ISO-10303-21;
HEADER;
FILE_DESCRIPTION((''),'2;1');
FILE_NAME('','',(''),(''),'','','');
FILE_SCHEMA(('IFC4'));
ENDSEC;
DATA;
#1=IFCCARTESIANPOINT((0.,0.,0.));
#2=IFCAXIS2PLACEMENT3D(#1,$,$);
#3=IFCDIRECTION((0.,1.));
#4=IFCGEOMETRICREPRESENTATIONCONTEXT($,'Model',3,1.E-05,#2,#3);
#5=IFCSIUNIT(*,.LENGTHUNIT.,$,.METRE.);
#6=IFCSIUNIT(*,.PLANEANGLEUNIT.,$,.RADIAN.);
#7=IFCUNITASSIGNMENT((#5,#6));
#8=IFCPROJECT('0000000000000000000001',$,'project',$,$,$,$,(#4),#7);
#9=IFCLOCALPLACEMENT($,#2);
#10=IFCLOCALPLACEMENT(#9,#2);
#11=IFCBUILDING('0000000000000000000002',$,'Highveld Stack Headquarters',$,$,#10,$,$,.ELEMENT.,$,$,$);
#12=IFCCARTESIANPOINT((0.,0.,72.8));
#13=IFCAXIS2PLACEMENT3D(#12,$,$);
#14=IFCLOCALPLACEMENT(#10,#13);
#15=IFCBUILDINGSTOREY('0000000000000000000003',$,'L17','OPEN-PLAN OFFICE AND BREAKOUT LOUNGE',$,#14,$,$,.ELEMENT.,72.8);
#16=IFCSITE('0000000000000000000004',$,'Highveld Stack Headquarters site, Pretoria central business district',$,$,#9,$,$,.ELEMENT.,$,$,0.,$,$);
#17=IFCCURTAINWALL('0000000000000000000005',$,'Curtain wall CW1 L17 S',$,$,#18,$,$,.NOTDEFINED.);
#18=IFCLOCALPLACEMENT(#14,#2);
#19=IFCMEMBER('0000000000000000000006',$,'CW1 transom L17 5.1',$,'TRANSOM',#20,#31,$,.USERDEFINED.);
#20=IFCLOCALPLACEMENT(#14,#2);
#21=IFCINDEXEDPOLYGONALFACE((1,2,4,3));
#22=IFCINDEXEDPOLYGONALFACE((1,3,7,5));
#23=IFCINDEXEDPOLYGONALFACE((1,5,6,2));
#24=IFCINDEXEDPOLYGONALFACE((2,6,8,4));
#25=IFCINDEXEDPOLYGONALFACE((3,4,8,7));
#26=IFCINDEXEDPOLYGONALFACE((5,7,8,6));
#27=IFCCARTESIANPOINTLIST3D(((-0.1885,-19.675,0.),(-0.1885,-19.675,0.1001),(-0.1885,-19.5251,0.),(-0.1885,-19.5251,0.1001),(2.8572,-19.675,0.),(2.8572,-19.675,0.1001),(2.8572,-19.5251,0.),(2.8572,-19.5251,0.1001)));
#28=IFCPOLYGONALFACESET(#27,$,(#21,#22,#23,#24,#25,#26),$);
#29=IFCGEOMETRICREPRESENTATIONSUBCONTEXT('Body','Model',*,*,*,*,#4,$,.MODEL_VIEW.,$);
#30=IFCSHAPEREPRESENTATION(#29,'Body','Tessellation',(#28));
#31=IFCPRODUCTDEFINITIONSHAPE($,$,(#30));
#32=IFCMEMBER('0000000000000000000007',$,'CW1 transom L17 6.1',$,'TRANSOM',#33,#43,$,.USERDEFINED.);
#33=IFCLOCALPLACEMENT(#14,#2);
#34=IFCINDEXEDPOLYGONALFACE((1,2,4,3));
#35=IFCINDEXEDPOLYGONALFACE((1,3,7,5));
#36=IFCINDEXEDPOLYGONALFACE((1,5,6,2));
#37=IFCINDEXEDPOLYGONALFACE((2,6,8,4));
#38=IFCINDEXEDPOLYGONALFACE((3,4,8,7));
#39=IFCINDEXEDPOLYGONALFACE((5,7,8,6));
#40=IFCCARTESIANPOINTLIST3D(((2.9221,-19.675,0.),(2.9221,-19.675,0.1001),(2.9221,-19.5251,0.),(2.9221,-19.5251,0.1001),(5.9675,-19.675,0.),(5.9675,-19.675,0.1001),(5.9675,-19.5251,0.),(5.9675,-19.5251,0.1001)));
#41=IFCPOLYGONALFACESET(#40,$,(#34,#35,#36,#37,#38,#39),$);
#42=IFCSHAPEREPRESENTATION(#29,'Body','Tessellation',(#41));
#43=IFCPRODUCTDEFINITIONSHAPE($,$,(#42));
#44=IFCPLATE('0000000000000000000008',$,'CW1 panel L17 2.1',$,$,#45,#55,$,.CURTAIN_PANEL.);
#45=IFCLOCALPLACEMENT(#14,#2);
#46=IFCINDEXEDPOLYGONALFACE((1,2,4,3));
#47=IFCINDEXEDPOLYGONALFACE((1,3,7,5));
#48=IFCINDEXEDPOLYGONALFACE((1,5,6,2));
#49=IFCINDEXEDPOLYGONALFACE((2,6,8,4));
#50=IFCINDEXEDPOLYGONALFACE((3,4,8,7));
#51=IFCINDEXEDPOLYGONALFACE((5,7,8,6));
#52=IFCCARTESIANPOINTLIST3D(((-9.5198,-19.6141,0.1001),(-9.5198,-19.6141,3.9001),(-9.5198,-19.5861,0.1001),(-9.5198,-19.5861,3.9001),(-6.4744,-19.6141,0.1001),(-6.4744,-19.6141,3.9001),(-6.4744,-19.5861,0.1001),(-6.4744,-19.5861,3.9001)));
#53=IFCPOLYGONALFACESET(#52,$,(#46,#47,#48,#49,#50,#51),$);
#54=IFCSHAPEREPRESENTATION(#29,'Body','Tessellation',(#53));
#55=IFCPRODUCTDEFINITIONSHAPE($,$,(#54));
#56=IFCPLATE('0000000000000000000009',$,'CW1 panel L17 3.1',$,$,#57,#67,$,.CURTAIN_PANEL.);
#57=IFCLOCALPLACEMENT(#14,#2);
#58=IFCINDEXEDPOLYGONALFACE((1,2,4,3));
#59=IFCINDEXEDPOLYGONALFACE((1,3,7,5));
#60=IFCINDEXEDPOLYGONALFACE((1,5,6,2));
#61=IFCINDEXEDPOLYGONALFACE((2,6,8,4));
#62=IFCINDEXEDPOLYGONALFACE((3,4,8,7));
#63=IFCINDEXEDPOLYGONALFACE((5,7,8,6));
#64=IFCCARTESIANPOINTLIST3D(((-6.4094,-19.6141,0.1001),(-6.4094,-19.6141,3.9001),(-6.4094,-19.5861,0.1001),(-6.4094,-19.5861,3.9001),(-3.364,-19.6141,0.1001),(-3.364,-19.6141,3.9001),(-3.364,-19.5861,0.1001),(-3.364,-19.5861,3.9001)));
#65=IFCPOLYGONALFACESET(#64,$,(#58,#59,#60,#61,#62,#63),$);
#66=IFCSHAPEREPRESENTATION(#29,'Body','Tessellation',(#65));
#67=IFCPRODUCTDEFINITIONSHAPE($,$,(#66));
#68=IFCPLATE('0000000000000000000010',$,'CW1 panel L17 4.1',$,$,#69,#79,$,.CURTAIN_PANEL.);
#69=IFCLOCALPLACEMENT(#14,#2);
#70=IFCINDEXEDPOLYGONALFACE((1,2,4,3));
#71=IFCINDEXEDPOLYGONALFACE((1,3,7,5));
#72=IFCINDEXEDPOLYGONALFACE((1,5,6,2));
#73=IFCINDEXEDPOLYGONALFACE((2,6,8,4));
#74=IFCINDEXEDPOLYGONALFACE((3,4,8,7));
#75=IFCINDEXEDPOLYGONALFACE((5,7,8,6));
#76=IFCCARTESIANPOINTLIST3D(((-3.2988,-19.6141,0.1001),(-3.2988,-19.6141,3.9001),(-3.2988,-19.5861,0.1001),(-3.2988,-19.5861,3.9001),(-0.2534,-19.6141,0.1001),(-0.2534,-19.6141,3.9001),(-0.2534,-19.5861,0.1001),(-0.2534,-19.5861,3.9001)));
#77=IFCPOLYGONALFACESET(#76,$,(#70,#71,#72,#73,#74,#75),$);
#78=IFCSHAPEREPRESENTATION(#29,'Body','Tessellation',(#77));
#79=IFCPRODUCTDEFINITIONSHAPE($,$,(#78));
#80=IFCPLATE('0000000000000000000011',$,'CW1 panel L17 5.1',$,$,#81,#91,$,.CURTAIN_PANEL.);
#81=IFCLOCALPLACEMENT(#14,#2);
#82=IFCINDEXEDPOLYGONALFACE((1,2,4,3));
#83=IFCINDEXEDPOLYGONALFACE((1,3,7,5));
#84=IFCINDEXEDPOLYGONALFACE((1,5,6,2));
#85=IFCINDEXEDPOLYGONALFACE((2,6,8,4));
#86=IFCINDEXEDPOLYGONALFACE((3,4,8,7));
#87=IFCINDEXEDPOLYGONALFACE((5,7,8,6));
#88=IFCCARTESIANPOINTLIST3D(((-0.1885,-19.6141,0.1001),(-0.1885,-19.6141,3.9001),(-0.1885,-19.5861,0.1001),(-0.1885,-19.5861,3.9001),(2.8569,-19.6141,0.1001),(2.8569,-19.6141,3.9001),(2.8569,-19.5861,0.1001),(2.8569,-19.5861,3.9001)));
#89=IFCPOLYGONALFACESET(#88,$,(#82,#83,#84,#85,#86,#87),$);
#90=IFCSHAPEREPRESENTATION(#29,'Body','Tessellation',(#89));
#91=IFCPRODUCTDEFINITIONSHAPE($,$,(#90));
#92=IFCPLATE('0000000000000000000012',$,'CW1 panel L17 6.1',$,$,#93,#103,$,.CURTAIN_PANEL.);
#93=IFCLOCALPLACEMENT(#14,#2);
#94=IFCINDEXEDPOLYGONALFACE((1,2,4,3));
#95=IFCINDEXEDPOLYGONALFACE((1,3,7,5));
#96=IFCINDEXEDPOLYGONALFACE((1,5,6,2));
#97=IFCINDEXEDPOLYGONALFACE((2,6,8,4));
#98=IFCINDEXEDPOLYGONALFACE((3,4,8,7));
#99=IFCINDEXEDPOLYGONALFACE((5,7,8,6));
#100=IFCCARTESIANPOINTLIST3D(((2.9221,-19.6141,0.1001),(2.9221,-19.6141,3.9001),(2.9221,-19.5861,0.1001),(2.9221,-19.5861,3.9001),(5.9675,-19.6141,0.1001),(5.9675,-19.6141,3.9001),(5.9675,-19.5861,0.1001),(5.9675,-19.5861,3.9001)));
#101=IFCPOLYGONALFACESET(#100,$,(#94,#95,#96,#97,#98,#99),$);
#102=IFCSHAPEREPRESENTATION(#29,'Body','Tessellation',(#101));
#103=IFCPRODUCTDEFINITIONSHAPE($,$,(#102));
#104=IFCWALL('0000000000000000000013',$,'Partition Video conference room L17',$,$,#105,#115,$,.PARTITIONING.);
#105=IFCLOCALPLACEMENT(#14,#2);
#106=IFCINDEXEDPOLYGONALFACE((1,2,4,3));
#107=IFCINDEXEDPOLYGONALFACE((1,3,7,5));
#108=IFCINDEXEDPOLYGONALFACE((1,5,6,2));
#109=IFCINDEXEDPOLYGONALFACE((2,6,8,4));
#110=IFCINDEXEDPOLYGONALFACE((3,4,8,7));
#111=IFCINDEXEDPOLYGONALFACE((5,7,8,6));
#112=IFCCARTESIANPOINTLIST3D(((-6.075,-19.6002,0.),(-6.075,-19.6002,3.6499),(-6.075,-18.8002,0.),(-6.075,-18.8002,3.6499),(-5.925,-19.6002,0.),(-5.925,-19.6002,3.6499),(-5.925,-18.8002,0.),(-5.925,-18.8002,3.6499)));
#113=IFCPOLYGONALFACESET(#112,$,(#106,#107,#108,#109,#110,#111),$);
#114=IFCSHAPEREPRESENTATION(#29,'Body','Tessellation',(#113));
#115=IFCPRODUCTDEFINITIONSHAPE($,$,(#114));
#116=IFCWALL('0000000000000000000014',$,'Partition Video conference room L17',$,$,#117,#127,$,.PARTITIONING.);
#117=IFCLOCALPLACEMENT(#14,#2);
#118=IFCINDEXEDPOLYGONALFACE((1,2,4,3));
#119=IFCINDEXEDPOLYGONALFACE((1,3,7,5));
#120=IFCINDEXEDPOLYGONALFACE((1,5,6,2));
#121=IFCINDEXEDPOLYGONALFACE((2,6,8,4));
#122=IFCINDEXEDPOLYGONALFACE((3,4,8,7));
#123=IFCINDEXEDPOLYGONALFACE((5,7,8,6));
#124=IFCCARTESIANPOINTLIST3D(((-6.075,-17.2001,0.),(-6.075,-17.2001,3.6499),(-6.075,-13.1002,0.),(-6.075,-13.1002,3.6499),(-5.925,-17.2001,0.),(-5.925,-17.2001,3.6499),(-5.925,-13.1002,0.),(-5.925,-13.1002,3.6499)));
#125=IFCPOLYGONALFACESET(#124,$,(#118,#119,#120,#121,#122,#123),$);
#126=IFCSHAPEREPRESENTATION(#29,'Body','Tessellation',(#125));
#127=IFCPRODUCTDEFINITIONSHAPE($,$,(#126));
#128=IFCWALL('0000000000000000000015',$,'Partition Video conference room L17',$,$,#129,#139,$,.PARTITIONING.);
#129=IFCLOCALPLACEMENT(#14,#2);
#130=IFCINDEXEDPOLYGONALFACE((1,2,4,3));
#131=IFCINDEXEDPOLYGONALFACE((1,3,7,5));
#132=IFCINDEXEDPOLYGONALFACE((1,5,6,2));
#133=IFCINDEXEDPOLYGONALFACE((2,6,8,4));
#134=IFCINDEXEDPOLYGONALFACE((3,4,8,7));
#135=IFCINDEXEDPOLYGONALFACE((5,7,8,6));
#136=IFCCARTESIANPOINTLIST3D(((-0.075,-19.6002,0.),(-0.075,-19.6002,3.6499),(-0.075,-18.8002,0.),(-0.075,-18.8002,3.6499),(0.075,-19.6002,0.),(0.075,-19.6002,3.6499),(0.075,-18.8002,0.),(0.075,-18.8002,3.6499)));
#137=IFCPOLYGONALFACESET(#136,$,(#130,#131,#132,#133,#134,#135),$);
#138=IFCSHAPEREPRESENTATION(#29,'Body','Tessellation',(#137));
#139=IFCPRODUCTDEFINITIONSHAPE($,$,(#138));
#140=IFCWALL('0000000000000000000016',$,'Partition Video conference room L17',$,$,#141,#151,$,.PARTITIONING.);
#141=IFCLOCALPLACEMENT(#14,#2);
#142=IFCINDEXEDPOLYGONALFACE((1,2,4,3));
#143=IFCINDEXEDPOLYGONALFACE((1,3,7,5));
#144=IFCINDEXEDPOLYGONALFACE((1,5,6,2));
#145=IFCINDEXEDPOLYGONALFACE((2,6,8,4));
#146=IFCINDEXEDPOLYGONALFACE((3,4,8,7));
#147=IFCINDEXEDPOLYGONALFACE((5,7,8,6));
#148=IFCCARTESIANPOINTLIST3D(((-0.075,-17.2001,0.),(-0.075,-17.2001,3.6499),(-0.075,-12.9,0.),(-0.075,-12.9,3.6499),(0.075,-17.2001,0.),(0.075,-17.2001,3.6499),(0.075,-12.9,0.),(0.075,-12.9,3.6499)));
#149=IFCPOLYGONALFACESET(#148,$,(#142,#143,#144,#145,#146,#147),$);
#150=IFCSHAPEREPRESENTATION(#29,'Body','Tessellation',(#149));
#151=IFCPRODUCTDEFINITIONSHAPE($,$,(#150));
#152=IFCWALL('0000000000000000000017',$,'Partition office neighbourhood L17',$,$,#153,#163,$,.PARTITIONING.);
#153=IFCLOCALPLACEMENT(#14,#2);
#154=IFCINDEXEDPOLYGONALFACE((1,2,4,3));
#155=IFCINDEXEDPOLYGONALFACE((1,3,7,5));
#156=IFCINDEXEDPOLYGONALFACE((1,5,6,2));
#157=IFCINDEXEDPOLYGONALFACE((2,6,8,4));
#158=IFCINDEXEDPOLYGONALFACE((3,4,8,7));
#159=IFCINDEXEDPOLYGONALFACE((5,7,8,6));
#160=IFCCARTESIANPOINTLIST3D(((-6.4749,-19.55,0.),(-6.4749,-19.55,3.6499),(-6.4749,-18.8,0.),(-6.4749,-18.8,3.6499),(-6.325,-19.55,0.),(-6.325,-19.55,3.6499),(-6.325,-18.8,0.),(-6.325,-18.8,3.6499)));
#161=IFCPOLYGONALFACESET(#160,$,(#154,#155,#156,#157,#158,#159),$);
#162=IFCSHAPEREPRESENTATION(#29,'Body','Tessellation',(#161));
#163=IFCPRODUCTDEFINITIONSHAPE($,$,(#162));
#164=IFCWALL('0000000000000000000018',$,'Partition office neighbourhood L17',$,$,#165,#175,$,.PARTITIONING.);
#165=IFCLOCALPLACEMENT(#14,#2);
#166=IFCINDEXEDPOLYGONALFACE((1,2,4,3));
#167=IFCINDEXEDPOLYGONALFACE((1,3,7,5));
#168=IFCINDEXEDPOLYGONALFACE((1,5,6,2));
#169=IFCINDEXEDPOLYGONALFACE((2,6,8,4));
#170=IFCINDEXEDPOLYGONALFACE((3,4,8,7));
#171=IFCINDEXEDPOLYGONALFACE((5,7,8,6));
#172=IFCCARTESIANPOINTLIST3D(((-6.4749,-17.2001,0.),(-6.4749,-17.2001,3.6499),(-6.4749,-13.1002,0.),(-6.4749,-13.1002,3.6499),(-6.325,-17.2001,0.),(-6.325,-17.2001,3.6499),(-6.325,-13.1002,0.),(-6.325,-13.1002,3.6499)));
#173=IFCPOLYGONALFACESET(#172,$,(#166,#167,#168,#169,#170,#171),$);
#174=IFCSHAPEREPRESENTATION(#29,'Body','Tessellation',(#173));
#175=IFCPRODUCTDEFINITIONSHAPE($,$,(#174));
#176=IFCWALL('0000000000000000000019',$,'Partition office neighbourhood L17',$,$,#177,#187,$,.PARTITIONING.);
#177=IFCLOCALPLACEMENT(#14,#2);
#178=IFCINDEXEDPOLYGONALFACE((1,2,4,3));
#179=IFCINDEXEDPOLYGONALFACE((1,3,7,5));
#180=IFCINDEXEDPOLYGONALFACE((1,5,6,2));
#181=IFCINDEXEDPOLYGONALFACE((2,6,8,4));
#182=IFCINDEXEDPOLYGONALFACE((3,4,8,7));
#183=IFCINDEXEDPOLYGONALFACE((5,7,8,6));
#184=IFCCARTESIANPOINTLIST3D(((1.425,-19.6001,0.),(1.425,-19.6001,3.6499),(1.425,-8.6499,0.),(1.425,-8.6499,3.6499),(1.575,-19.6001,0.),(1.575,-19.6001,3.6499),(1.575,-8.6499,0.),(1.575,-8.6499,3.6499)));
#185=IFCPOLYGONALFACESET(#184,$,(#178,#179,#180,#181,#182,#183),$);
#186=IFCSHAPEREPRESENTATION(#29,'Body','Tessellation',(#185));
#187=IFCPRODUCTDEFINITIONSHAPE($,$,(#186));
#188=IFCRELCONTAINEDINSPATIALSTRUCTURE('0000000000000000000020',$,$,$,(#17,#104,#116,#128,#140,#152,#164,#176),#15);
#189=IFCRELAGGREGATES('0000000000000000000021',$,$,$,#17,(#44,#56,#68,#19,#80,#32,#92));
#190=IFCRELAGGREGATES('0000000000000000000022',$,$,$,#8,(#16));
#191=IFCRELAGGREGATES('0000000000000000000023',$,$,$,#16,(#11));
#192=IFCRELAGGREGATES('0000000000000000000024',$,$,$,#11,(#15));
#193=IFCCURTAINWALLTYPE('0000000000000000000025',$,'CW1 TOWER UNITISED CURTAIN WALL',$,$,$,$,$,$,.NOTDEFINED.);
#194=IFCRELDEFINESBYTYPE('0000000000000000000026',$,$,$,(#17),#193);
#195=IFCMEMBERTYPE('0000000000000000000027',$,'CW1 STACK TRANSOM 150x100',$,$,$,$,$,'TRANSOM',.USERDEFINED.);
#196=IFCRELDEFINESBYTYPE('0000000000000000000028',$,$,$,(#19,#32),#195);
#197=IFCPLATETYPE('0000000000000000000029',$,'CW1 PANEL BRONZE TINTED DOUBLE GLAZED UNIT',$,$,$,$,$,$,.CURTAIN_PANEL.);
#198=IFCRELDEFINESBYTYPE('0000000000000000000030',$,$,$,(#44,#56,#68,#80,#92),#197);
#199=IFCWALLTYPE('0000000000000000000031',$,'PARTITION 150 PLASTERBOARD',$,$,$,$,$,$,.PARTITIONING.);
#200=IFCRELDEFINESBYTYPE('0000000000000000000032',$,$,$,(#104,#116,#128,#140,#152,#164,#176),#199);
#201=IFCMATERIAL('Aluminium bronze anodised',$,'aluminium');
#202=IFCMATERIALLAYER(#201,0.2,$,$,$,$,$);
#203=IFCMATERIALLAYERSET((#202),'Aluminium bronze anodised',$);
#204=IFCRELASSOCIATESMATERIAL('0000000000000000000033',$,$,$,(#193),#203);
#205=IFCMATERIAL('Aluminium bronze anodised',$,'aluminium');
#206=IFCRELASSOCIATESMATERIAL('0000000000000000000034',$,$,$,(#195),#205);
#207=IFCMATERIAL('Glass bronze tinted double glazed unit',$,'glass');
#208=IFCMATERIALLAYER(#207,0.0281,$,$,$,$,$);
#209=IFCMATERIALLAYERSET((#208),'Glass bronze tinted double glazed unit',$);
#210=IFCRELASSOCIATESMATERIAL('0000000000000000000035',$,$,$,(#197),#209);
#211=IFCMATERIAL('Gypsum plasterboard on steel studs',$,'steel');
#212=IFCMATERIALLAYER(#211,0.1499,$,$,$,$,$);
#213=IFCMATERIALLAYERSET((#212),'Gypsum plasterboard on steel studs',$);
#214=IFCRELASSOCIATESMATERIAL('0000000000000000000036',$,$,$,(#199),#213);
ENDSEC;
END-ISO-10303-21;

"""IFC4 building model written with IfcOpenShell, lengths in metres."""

from ifc_helpers import new_model, si_unit, direction, frame, frame_2d, origin, origin_2d, place, context, subcontext, project, spatial, rectangle, extrude, material, layer, layer_set, material_profile, profile_set, type_object, element, aggregate, save


model = new_model("IFC4")

# Units and contexts
model_context = context("Model", 3, precision=1e-05, world=origin(), true_north=direction((0.0, 1.0)))
body_context = subcontext(model_context, "Body", "Model", "MODEL_VIEW")
ifc_project = project(units=[si_unit("LENGTHUNIT", "METRE"), si_unit("PLANEANGLEUNIT", "RADIAN")], contexts=[model_context])

# Site, building, storey
site_placement = place(None, origin())
site = spatial("IfcSite", under=ifc_project, at=site_placement, Name="Highveld Stack Headquarters site, Pretoria central business district", CompositionType="ELEMENT", RefElevation=0.0)
building_placement = place(site_placement, origin())
building = spatial("IfcBuilding", under=site, at=building_placement, Name="Highveld Stack Headquarters", CompositionType="ELEMENT")
storey_placement = place(building_placement, frame((0.0, 0.0, 72.8)))
storey = spatial("IfcBuildingStorey", under=building, at=storey_placement, Name="L17", Description="OPEN-PLAN OFFICE AND BREAKOUT LOUNGE", CompositionType="ELEMENT", Elevation=72.8)

# Curtain wall, members, plates
ifc_material_1 = material(Name="Aluminium bronze anodised", Category="aluminium")
ifc_layer_1 = layer(ifc_material_1, 0.2)
ifc_layer_set_1 = layer_set([ifc_layer_1], Name="Aluminium bronze anodised")
curtain_wall_type = type_object("IfcCurtainWallType", Name="CW1 TOWER UNITISED CURTAIN WALL", PredefinedType="NOTDEFINED", material=ifc_layer_set_1)
curtain_wall_placement = place(storey_placement, origin())
curtain_wall = element("IfcCurtainWall", 1, at=curtain_wall_placement, inside=storey, type_object=curtain_wall_type, Name="Curtain wall CW1 L17 S", PredefinedType="NOTDEFINED")
ifc_material_2 = material(Name="Aluminium bronze anodised", Category="aluminium")
ifc_material_profile_1 = material_profile(ifc_material_2, rectangle(XDim=0.1499, YDim=0.1001, at=origin_2d()), Name="CW1 TRANSOM 150x100")
ifc_profile_set_1 = profile_set([ifc_material_profile_1], Name="Aluminium bronze anodised")
member_type_1 = type_object("IfcMemberType", Name="CW1 STACK TRANSOM 150x100", ElementType="TRANSOM", PredefinedType="USERDEFINED", material=ifc_profile_set_1)
member_1_placement = place(storey_placement, frame((-0.1885, -19.6001, 0.05), z_axis=(1.0, 0.0, 0.0), x_axis=(0.0, 1.0, 0.0)))
member_1 = element("IfcMember", 2, at=member_1_placement, type_object=member_type_1, Name="CW1 transom L17 5.1", ObjectType="TRANSOM", PredefinedType="USERDEFINED", context=body_context, shape_type="SweptSolid", body=[
    extrude(rectangle(XDim=0.1499, YDim=0.1001, at=origin_2d()), origin(), (0.0, 0.0, 1.0), 3.0457),
])
member_2_placement = place(storey_placement, frame((2.9221, -19.6001, 0.05), z_axis=(1.0, 0.0, 0.0), x_axis=(0.0, 1.0, 0.0)))
member_2 = element("IfcMember", 3, at=member_2_placement, type_object=member_type_1, Name="CW1 transom L17 6.1", ObjectType="TRANSOM", PredefinedType="USERDEFINED", context=body_context, shape_type="SweptSolid", body=[
    extrude(rectangle(XDim=0.1499, YDim=0.1001, at=origin_2d()), origin(), (0.0, 0.0, 1.0), 3.0454),
])
ifc_material_3 = material(Name="Glass bronze tinted double glazed unit", Category="glass")
ifc_layer_2 = layer(ifc_material_3, 0.0281)
ifc_layer_set_2 = layer_set([ifc_layer_2], Name="Glass bronze tinted double glazed unit")
plate_type = type_object("IfcPlateType", Name="CW1 PANEL BRONZE TINTED DOUBLE GLAZED UNIT", PredefinedType="CURTAIN_PANEL", material=ifc_layer_set_2)
plate_1_placement = place(storey_placement, frame((-7.9971, -19.6001, 0.1001), z_axis=(0.0, 0.0, 1.0), x_axis=(1.0, 0.0, 0.0)))
plate_1 = element("IfcPlate", 4, at=plate_1_placement, type_object=plate_type, Name="CW1 panel L17 2.1", PredefinedType="CURTAIN_PANEL", context=body_context, shape_type="SweptSolid", body=[
    extrude(rectangle(XDim=3.0454, YDim=0.0281, at=origin_2d()), origin(), (0.0, 0.0, 1.0), 3.8),
])
plate_2_placement = place(storey_placement, frame((-4.8867, -19.6001, 0.1001), z_axis=(0.0, 0.0, 1.0), x_axis=(1.0, 0.0, 0.0)))
plate_2 = element("IfcPlate", 5, at=plate_2_placement, type_object=plate_type, Name="CW1 panel L17 3.1", PredefinedType="CURTAIN_PANEL", context=body_context, shape_type="SweptSolid", body=[
    extrude(rectangle(XDim=3.0454, YDim=0.0281, at=origin_2d()), origin(), (0.0, 0.0, 1.0), 3.8),
])
plate_3_placement = place(storey_placement, frame((-1.7761, -19.6001, 0.1001), z_axis=(0.0, 0.0, 1.0), x_axis=(1.0, 0.0, 0.0)))
plate_3 = element("IfcPlate", 6, at=plate_3_placement, type_object=plate_type, Name="CW1 panel L17 4.1", PredefinedType="CURTAIN_PANEL", context=body_context, shape_type="SweptSolid", body=[
    extrude(rectangle(XDim=3.0454, YDim=0.0281, at=origin_2d()), origin(), (0.0, 0.0, 1.0), 3.8),
])
plate_4_placement = place(storey_placement, frame((1.3342, -19.6001, 0.1001), z_axis=(0.0, 0.0, 1.0), x_axis=(1.0, 0.0, 0.0)))
plate_4 = element("IfcPlate", 7, at=plate_4_placement, type_object=plate_type, Name="CW1 panel L17 5.1", PredefinedType="CURTAIN_PANEL", context=body_context, shape_type="SweptSolid", body=[
    extrude(rectangle(XDim=3.0454, YDim=0.0281, at=origin_2d()), origin(), (0.0, 0.0, 1.0), 3.8),
])
plate_5_placement = place(storey_placement, frame((4.4448, -19.6001, 0.1001), z_axis=(0.0, 0.0, 1.0), x_axis=(1.0, 0.0, 0.0)))
plate_5 = element("IfcPlate", 8, at=plate_5_placement, type_object=plate_type, Name="CW1 panel L17 6.1", PredefinedType="CURTAIN_PANEL", context=body_context, shape_type="SweptSolid", body=[
    extrude(rectangle(XDim=3.0454, YDim=0.0281, at=origin_2d()), origin(), (0.0, 0.0, 1.0), 3.8),
])
aggregate(curtain_wall, [plate_1, plate_2, plate_3, member_1, plate_4, member_2, plate_5])

# Walls
ifc_material_4 = material(Name="Gypsum plasterboard on steel studs", Category="steel")
ifc_layer_3 = layer(ifc_material_4, 0.1499)
ifc_layer_set_3 = layer_set([ifc_layer_3], Name="Gypsum plasterboard on steel studs")
wall_type = type_object("IfcWallType", Name="PARTITION 150 PLASTERBOARD", PredefinedType="PARTITIONING", material=ifc_layer_set_3)
wall_1_placement = place(storey_placement, frame((-6.0, -19.6001, 0.0), z_axis=(0.0, 0.0, 1.0), x_axis=(0.0, 1.0, 0.0)))
element("IfcWall", 9, at=wall_1_placement, inside=storey, type_object=wall_type, Name="Partition Video conference room L17", PredefinedType="PARTITIONING", context=body_context, shape_type="SweptSolid", body=[
    extrude(rectangle(XDim=0.8, YDim=0.1499, at=frame_2d((0.3999, 0.0))), origin(), (0.0, 0.0, 1.0), 3.6499),
])
wall_2_placement = place(storey_placement, frame((-6.0, -17.2, 0.0), z_axis=(0.0, 0.0, 1.0), x_axis=(0.0, 1.0, 0.0)))
element("IfcWall", 10, at=wall_2_placement, inside=storey, type_object=wall_type, Name="Partition Video conference room L17", PredefinedType="PARTITIONING", context=body_context, shape_type="SweptSolid", body=[
    extrude(rectangle(XDim=4.0999, YDim=0.1499, at=frame_2d((2.0498, 0.0))), origin(), (0.0, 0.0, 1.0), 3.6499),
])
wall_3_placement = place(storey_placement, frame((0.0, -19.6001, 0.0), z_axis=(0.0, 0.0, 1.0), x_axis=(0.0, 1.0, 0.0)))
element("IfcWall", 11, at=wall_3_placement, inside=storey, type_object=wall_type, Name="Partition Video conference room L17", PredefinedType="PARTITIONING", context=body_context, shape_type="SweptSolid", body=[
    extrude(rectangle(XDim=0.8, YDim=0.1499, at=frame_2d((0.3999, 0.0))), origin(), (0.0, 0.0, 1.0), 3.6499),
])
wall_4_placement = place(storey_placement, frame((0.0, -17.2, 0.0), z_axis=(0.0, 0.0, 1.0), x_axis=(0.0, 1.0, 0.0)))
element("IfcWall", 12, at=wall_4_placement, inside=storey, type_object=wall_type, Name="Partition Video conference room L17", PredefinedType="PARTITIONING", context=body_context, shape_type="SweptSolid", body=[
    extrude(rectangle(XDim=4.3, YDim=0.1499, at=frame_2d((2.1499, 0.0))), origin(), (0.0, 0.0, 1.0), 3.6499),
])
wall_5_placement = place(storey_placement, frame((-6.3999, -19.55, 0.0), z_axis=(0.0, 0.0, 1.0), x_axis=(0.0, 1.0, 0.0)))
element("IfcWall", 13, at=wall_5_placement, inside=storey, type_object=wall_type, Name="Partition office neighbourhood L17", PredefinedType="PARTITIONING", context=body_context, shape_type="SweptSolid", body=[
    extrude(rectangle(XDim=0.75, YDim=0.1499, at=frame_2d((0.375, 0.0))), origin(), (0.0, 0.0, 1.0), 3.6499),
])
wall_6_placement = place(storey_placement, frame((-6.3999, -17.2, 0.0), z_axis=(0.0, 0.0, 1.0), x_axis=(0.0, 1.0, 0.0)))
element("IfcWall", 14, at=wall_6_placement, inside=storey, type_object=wall_type, Name="Partition office neighbourhood L17", PredefinedType="PARTITIONING", context=body_context, shape_type="SweptSolid", body=[
    extrude(rectangle(XDim=4.0999, YDim=0.1499, at=frame_2d((2.0498, 0.0))), origin(), (0.0, 0.0, 1.0), 3.6499),
])
wall_7_placement = place(storey_placement, frame((1.5, -19.6001, 0.0), z_axis=(0.0, 0.0, 1.0), x_axis=(0.0, 1.0, 0.0)))
element("IfcWall", 15, at=wall_7_placement, inside=storey, type_object=wall_type, Name="Partition office neighbourhood L17", PredefinedType="PARTITIONING", context=body_context, shape_type="SweptSolid", body=[
    extrude(rectangle(XDim=10.9502, YDim=0.1499, at=frame_2d((5.4751, 0.0))), origin(), (0.0, 0.0, 1.0), 3.6499),
])

save(model, "model.ifc")
